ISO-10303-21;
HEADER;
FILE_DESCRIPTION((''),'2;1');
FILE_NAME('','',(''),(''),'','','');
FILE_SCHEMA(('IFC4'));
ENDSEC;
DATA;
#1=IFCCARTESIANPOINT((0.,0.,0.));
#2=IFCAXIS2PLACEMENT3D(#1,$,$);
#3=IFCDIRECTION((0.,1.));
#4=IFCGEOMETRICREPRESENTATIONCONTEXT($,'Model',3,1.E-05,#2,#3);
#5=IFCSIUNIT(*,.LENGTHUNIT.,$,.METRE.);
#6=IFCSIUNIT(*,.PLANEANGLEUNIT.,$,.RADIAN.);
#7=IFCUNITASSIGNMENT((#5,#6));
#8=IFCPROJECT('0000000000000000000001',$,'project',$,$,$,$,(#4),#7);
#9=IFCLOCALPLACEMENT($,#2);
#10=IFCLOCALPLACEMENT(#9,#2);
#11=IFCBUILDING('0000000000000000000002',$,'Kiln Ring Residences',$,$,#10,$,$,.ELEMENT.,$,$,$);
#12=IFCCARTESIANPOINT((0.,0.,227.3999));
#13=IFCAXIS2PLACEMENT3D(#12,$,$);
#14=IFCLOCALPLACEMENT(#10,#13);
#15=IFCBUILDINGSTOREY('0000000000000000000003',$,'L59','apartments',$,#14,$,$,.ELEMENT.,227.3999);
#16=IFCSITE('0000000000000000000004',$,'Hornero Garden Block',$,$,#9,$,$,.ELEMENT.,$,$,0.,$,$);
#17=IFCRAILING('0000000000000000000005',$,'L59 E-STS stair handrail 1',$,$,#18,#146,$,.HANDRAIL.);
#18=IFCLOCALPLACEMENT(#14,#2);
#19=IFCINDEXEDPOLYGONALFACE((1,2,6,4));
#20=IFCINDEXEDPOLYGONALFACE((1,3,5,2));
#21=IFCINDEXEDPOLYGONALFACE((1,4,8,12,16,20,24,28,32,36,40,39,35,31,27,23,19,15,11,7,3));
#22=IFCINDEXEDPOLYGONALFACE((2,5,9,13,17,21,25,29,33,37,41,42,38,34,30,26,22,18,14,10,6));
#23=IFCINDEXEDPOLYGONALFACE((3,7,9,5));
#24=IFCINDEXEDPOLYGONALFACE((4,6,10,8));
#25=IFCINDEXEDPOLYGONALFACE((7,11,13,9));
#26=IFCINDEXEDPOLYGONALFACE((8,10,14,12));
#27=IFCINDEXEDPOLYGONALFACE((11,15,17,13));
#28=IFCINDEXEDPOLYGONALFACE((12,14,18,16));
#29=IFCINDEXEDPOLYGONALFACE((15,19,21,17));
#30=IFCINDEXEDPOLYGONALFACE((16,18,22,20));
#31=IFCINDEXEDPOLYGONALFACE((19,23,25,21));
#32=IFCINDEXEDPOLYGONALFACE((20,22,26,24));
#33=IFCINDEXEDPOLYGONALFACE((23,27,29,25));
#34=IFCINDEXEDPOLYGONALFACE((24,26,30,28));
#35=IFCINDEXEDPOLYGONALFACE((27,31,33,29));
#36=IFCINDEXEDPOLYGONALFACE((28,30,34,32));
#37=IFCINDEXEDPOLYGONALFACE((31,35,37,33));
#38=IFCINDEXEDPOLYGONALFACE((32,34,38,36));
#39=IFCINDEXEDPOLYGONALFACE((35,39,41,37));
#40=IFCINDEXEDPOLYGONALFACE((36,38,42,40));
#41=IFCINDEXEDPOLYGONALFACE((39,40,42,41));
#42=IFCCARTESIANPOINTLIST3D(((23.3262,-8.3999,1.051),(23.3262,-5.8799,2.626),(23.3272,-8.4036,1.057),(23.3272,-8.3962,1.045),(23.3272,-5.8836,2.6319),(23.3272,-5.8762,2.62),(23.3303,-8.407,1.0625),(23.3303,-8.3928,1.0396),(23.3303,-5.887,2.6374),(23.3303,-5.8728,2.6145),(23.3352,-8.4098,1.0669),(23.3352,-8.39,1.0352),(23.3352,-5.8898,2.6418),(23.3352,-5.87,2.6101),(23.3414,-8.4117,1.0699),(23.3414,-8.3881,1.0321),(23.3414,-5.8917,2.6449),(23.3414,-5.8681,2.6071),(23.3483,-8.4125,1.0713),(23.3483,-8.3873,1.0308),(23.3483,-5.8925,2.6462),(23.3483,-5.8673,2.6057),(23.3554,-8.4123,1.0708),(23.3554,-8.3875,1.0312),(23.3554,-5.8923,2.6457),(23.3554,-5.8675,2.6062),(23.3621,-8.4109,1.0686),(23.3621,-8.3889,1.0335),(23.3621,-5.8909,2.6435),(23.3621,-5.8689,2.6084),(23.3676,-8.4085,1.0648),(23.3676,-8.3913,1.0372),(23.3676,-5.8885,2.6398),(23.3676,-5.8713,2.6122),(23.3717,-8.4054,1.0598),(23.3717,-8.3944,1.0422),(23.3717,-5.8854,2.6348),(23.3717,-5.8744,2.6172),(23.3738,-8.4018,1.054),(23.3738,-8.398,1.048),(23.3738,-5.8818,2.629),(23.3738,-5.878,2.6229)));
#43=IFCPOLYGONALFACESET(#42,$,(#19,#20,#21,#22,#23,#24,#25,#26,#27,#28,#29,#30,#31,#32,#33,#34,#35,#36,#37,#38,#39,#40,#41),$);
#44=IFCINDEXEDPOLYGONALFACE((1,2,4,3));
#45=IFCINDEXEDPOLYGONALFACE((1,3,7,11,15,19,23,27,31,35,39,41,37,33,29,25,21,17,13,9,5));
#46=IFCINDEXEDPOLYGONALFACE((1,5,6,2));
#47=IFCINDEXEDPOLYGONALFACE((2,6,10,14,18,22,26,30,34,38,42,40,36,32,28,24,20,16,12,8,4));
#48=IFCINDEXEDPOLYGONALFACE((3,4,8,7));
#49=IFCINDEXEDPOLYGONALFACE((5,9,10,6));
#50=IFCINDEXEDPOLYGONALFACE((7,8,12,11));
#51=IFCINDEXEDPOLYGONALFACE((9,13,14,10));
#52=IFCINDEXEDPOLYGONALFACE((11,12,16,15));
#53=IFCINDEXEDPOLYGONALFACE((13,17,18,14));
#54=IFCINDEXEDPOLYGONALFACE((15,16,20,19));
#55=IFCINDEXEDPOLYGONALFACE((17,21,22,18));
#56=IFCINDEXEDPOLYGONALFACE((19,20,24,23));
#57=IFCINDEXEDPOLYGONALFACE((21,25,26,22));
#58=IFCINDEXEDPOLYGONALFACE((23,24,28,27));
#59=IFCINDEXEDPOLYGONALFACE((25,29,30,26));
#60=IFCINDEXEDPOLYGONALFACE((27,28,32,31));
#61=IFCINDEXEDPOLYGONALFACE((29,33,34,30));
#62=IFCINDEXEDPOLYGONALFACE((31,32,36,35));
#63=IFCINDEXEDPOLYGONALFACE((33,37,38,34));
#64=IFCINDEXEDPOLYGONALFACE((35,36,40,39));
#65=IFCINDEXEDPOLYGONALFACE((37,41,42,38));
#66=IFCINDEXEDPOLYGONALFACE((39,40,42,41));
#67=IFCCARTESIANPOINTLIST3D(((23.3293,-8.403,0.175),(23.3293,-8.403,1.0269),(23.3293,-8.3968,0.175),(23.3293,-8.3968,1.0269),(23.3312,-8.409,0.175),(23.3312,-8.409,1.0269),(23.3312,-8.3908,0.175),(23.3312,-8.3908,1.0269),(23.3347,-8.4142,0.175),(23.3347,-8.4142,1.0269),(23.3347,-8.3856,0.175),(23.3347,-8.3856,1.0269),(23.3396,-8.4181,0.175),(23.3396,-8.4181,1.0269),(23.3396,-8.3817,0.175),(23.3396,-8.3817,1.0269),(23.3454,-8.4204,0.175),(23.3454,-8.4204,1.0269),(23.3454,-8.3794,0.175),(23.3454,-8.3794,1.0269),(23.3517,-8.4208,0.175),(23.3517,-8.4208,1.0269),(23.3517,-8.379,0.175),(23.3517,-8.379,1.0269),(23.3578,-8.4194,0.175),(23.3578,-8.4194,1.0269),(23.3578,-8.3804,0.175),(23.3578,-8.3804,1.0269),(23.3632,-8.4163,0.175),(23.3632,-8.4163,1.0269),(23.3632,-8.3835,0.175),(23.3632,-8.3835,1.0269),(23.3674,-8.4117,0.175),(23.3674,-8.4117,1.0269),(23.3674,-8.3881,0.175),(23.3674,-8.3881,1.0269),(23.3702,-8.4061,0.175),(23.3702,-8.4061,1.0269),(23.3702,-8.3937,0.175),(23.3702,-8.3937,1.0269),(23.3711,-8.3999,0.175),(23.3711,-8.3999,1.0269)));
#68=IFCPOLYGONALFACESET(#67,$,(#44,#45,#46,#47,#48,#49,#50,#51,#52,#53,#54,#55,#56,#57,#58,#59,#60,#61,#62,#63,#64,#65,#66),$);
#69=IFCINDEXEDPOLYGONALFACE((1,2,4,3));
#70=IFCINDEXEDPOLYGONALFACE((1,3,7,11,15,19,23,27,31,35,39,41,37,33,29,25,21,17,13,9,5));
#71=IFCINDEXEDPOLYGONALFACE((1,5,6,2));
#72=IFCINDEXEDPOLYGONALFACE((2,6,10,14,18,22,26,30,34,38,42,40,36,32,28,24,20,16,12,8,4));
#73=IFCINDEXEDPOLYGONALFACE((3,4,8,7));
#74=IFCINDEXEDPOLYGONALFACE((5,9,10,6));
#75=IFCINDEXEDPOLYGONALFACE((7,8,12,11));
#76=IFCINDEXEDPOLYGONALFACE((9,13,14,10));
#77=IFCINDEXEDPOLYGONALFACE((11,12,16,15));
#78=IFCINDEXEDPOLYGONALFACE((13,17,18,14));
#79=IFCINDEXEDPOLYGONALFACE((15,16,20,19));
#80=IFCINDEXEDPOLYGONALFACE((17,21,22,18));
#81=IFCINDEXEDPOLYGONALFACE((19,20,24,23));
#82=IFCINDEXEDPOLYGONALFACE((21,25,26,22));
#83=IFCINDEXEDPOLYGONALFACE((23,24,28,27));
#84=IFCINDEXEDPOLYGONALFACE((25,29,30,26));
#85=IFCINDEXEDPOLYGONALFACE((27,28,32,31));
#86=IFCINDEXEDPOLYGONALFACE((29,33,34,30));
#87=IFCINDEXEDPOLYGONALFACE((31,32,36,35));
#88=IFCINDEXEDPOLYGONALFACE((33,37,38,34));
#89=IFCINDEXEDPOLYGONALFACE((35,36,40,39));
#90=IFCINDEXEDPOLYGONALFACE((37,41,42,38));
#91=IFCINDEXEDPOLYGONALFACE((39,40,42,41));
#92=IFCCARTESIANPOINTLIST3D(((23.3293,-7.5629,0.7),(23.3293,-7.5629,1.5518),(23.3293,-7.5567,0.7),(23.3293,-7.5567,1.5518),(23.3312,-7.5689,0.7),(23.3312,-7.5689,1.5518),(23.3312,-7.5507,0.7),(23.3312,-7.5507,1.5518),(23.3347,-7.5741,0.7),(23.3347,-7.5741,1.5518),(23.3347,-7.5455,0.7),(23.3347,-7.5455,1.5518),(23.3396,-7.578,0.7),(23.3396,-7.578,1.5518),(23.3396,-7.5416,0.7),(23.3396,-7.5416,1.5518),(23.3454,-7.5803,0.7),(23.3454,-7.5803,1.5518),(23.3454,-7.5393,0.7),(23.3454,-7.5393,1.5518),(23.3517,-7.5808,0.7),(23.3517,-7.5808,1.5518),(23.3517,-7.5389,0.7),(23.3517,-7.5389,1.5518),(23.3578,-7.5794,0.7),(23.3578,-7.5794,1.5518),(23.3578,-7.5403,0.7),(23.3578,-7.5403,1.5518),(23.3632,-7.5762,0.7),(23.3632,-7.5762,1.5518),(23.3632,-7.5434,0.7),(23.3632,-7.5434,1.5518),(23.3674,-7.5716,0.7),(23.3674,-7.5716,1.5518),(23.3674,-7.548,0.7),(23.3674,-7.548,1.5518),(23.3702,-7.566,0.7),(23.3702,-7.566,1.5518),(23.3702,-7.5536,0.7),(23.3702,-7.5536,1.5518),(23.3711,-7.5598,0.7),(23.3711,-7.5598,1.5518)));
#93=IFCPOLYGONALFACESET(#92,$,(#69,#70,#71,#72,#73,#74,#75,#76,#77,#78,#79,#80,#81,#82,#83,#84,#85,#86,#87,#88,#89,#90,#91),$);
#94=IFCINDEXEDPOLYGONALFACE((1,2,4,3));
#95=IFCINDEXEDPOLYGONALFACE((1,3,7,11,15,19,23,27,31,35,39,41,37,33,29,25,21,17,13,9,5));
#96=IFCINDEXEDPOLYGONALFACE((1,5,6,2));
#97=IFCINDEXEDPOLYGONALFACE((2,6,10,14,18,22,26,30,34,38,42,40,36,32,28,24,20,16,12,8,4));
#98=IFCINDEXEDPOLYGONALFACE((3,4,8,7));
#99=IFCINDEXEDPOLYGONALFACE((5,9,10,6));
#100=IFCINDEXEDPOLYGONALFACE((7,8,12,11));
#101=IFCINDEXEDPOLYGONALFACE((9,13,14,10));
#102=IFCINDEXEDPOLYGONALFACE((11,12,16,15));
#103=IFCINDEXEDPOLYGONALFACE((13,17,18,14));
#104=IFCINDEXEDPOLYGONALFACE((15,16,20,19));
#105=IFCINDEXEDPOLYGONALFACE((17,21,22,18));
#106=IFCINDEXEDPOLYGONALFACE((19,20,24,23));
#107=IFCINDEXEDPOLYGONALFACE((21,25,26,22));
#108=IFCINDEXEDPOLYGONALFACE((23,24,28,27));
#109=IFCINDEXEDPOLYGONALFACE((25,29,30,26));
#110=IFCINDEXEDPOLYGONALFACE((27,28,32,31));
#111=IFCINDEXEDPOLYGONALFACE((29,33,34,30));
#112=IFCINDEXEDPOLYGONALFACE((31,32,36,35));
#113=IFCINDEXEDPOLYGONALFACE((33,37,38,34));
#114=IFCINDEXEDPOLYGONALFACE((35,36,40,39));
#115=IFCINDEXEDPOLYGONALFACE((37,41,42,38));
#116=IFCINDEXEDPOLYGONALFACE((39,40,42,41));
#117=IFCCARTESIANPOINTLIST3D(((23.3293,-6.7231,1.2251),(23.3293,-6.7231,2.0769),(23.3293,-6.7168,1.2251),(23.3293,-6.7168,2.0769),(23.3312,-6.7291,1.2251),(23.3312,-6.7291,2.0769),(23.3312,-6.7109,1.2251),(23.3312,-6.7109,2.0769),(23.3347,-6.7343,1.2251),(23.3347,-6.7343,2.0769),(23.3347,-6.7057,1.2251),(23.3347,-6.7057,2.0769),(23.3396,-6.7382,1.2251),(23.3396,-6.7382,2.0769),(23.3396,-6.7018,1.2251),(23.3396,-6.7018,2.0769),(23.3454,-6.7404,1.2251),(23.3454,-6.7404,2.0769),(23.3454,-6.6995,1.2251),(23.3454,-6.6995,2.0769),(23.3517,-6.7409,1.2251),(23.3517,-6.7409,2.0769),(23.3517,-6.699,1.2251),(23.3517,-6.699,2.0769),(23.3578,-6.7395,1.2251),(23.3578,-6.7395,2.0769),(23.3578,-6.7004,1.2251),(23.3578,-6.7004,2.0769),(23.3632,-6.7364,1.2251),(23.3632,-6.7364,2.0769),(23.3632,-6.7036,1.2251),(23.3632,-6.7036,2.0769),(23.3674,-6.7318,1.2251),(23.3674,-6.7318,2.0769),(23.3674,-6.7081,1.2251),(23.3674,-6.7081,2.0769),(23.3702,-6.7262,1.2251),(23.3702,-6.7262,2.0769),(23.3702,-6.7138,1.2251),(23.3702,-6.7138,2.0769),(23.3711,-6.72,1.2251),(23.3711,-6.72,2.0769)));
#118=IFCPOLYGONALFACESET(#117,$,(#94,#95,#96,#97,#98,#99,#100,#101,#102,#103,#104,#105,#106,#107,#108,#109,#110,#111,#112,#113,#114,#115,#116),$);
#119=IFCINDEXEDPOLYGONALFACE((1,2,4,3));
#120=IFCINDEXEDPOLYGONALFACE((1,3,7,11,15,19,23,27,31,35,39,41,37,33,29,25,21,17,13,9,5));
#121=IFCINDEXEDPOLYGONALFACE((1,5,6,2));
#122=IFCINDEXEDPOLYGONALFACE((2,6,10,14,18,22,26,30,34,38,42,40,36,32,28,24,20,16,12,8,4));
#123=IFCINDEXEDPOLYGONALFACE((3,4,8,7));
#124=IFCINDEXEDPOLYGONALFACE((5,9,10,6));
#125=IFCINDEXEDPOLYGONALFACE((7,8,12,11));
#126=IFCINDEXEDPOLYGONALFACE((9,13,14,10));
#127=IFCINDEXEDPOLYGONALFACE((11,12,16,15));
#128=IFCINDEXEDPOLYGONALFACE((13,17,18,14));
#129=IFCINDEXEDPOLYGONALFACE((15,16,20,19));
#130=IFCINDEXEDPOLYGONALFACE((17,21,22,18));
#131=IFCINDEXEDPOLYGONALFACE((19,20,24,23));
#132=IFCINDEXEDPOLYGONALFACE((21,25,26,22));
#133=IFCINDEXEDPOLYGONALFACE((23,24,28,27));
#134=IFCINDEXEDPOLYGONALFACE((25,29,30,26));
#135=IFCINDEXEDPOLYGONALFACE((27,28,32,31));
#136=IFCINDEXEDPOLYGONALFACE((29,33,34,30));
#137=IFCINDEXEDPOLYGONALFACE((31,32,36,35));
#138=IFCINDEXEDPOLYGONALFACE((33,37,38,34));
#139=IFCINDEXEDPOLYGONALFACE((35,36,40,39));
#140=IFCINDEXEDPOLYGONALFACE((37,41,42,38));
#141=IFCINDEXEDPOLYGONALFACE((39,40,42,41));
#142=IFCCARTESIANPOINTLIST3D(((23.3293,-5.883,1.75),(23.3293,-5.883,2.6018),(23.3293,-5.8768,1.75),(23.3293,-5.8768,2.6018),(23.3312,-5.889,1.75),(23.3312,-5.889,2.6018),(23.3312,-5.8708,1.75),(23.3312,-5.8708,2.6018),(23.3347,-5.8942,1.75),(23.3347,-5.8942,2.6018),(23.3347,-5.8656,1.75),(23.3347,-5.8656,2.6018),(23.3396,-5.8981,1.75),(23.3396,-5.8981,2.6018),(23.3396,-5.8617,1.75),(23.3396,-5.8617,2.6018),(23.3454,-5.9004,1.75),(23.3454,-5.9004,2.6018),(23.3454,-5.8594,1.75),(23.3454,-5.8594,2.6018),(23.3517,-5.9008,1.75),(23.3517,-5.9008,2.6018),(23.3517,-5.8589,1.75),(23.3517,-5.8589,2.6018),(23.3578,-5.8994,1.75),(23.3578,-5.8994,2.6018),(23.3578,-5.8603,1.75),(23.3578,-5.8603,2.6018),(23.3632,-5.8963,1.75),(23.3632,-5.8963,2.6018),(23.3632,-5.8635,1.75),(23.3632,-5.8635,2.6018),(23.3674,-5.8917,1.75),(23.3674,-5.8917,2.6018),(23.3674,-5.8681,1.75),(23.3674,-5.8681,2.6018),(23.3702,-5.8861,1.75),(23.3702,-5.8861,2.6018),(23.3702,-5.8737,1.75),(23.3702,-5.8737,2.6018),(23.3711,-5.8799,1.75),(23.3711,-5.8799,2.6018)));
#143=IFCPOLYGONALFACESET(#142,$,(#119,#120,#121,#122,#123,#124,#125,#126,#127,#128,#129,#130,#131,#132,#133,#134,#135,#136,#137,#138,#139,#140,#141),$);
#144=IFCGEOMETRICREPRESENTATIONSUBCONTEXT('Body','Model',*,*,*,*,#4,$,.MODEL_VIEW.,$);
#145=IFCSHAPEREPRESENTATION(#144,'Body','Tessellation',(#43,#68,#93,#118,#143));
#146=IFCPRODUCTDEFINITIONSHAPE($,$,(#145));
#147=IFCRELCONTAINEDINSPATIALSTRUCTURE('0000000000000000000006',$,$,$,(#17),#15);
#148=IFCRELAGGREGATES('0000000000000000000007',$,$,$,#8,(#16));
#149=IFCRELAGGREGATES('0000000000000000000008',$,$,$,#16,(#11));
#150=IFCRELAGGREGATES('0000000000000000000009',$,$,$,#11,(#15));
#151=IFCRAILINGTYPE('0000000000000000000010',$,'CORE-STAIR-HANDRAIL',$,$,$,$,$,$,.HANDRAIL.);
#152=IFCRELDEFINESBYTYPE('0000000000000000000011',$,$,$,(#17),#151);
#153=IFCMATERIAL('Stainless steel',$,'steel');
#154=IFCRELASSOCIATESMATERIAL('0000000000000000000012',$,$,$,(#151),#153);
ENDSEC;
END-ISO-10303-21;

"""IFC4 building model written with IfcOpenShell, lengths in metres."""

from ifc_helpers import new_model, si_unit, direction, frame, origin, origin_2d, place, context, subcontext, project, spatial, circle, extrude, material, type_object, element, save


model = new_model("IFC4")

# Units and contexts
model_context = context("Model", 3, precision=1e-05, world=origin(), true_north=direction((0.0, 1.0)))
body_context = subcontext(model_context, "Body", "Model", "MODEL_VIEW")
ifc_project = project(units=[si_unit("LENGTHUNIT", "METRE"), si_unit("PLANEANGLEUNIT", "RADIAN")], contexts=[model_context])

# Site, building, storey
site_placement = place(None, origin())
site = spatial("IfcSite", under=ifc_project, at=site_placement, Name="Hornero Garden Block", CompositionType="ELEMENT", RefElevation=0.0)
building_placement = place(site_placement, origin())
building = spatial("IfcBuilding", under=site, at=building_placement, Name="Kiln Ring Residences", CompositionType="ELEMENT")
storey_placement = place(building_placement, frame((0.0, 0.0, 227.3999)))
storey = spatial("IfcBuildingStorey", under=building, at=storey_placement, Name="L59", Description="apartments", CompositionType="ELEMENT", Elevation=227.3999)

# Railing
ifc_material_1 = material(Name="Stainless steel", Category="steel")
railing_type_1 = type_object("IfcRailingType", Name="CORE-STAIR-HANDRAIL", PredefinedType="HANDRAIL", material=ifc_material_1)
railing_1_placement = place(storey_placement, frame((23.3501, -8.3999, 0.175)))
element("IfcRailing", 1, at=railing_1_placement, inside=storey, type_object=railing_type_1, Name="L59 E-STS stair handrail 1", PredefinedType="HANDRAIL", context=body_context, shape_type="SweptSolid", body=[
    extrude(circle(Radius=0.0239, at=origin_2d()), frame((0.0, 0.0, 0.876), z_axis=(0.0, 0.848008, 0.529984), x_axis=(-1.0, 0.0, 0.0)), (0.0, 0.0, 1.0), 2.9717),
    extrude(circle(Radius=0.021, at=origin_2d()), origin(), (0.0, 0.0, 1.0), 0.8518),
    extrude(circle(Radius=0.021, at=origin_2d()), frame((0.0, 0.8401, 0.5249)), (0.0, 0.0, 1.0), 0.8518),
    extrude(circle(Radius=0.021, at=origin_2d()), frame((0.0, 1.6799, 1.05)), (0.0, 0.0, 1.0), 0.8518),
    extrude(circle(Radius=0.021, at=origin_2d()), frame((0.0, 2.52, 1.575)), (0.0, 0.0, 1.0), 0.8518),
])

save(model, "model.ifc")
